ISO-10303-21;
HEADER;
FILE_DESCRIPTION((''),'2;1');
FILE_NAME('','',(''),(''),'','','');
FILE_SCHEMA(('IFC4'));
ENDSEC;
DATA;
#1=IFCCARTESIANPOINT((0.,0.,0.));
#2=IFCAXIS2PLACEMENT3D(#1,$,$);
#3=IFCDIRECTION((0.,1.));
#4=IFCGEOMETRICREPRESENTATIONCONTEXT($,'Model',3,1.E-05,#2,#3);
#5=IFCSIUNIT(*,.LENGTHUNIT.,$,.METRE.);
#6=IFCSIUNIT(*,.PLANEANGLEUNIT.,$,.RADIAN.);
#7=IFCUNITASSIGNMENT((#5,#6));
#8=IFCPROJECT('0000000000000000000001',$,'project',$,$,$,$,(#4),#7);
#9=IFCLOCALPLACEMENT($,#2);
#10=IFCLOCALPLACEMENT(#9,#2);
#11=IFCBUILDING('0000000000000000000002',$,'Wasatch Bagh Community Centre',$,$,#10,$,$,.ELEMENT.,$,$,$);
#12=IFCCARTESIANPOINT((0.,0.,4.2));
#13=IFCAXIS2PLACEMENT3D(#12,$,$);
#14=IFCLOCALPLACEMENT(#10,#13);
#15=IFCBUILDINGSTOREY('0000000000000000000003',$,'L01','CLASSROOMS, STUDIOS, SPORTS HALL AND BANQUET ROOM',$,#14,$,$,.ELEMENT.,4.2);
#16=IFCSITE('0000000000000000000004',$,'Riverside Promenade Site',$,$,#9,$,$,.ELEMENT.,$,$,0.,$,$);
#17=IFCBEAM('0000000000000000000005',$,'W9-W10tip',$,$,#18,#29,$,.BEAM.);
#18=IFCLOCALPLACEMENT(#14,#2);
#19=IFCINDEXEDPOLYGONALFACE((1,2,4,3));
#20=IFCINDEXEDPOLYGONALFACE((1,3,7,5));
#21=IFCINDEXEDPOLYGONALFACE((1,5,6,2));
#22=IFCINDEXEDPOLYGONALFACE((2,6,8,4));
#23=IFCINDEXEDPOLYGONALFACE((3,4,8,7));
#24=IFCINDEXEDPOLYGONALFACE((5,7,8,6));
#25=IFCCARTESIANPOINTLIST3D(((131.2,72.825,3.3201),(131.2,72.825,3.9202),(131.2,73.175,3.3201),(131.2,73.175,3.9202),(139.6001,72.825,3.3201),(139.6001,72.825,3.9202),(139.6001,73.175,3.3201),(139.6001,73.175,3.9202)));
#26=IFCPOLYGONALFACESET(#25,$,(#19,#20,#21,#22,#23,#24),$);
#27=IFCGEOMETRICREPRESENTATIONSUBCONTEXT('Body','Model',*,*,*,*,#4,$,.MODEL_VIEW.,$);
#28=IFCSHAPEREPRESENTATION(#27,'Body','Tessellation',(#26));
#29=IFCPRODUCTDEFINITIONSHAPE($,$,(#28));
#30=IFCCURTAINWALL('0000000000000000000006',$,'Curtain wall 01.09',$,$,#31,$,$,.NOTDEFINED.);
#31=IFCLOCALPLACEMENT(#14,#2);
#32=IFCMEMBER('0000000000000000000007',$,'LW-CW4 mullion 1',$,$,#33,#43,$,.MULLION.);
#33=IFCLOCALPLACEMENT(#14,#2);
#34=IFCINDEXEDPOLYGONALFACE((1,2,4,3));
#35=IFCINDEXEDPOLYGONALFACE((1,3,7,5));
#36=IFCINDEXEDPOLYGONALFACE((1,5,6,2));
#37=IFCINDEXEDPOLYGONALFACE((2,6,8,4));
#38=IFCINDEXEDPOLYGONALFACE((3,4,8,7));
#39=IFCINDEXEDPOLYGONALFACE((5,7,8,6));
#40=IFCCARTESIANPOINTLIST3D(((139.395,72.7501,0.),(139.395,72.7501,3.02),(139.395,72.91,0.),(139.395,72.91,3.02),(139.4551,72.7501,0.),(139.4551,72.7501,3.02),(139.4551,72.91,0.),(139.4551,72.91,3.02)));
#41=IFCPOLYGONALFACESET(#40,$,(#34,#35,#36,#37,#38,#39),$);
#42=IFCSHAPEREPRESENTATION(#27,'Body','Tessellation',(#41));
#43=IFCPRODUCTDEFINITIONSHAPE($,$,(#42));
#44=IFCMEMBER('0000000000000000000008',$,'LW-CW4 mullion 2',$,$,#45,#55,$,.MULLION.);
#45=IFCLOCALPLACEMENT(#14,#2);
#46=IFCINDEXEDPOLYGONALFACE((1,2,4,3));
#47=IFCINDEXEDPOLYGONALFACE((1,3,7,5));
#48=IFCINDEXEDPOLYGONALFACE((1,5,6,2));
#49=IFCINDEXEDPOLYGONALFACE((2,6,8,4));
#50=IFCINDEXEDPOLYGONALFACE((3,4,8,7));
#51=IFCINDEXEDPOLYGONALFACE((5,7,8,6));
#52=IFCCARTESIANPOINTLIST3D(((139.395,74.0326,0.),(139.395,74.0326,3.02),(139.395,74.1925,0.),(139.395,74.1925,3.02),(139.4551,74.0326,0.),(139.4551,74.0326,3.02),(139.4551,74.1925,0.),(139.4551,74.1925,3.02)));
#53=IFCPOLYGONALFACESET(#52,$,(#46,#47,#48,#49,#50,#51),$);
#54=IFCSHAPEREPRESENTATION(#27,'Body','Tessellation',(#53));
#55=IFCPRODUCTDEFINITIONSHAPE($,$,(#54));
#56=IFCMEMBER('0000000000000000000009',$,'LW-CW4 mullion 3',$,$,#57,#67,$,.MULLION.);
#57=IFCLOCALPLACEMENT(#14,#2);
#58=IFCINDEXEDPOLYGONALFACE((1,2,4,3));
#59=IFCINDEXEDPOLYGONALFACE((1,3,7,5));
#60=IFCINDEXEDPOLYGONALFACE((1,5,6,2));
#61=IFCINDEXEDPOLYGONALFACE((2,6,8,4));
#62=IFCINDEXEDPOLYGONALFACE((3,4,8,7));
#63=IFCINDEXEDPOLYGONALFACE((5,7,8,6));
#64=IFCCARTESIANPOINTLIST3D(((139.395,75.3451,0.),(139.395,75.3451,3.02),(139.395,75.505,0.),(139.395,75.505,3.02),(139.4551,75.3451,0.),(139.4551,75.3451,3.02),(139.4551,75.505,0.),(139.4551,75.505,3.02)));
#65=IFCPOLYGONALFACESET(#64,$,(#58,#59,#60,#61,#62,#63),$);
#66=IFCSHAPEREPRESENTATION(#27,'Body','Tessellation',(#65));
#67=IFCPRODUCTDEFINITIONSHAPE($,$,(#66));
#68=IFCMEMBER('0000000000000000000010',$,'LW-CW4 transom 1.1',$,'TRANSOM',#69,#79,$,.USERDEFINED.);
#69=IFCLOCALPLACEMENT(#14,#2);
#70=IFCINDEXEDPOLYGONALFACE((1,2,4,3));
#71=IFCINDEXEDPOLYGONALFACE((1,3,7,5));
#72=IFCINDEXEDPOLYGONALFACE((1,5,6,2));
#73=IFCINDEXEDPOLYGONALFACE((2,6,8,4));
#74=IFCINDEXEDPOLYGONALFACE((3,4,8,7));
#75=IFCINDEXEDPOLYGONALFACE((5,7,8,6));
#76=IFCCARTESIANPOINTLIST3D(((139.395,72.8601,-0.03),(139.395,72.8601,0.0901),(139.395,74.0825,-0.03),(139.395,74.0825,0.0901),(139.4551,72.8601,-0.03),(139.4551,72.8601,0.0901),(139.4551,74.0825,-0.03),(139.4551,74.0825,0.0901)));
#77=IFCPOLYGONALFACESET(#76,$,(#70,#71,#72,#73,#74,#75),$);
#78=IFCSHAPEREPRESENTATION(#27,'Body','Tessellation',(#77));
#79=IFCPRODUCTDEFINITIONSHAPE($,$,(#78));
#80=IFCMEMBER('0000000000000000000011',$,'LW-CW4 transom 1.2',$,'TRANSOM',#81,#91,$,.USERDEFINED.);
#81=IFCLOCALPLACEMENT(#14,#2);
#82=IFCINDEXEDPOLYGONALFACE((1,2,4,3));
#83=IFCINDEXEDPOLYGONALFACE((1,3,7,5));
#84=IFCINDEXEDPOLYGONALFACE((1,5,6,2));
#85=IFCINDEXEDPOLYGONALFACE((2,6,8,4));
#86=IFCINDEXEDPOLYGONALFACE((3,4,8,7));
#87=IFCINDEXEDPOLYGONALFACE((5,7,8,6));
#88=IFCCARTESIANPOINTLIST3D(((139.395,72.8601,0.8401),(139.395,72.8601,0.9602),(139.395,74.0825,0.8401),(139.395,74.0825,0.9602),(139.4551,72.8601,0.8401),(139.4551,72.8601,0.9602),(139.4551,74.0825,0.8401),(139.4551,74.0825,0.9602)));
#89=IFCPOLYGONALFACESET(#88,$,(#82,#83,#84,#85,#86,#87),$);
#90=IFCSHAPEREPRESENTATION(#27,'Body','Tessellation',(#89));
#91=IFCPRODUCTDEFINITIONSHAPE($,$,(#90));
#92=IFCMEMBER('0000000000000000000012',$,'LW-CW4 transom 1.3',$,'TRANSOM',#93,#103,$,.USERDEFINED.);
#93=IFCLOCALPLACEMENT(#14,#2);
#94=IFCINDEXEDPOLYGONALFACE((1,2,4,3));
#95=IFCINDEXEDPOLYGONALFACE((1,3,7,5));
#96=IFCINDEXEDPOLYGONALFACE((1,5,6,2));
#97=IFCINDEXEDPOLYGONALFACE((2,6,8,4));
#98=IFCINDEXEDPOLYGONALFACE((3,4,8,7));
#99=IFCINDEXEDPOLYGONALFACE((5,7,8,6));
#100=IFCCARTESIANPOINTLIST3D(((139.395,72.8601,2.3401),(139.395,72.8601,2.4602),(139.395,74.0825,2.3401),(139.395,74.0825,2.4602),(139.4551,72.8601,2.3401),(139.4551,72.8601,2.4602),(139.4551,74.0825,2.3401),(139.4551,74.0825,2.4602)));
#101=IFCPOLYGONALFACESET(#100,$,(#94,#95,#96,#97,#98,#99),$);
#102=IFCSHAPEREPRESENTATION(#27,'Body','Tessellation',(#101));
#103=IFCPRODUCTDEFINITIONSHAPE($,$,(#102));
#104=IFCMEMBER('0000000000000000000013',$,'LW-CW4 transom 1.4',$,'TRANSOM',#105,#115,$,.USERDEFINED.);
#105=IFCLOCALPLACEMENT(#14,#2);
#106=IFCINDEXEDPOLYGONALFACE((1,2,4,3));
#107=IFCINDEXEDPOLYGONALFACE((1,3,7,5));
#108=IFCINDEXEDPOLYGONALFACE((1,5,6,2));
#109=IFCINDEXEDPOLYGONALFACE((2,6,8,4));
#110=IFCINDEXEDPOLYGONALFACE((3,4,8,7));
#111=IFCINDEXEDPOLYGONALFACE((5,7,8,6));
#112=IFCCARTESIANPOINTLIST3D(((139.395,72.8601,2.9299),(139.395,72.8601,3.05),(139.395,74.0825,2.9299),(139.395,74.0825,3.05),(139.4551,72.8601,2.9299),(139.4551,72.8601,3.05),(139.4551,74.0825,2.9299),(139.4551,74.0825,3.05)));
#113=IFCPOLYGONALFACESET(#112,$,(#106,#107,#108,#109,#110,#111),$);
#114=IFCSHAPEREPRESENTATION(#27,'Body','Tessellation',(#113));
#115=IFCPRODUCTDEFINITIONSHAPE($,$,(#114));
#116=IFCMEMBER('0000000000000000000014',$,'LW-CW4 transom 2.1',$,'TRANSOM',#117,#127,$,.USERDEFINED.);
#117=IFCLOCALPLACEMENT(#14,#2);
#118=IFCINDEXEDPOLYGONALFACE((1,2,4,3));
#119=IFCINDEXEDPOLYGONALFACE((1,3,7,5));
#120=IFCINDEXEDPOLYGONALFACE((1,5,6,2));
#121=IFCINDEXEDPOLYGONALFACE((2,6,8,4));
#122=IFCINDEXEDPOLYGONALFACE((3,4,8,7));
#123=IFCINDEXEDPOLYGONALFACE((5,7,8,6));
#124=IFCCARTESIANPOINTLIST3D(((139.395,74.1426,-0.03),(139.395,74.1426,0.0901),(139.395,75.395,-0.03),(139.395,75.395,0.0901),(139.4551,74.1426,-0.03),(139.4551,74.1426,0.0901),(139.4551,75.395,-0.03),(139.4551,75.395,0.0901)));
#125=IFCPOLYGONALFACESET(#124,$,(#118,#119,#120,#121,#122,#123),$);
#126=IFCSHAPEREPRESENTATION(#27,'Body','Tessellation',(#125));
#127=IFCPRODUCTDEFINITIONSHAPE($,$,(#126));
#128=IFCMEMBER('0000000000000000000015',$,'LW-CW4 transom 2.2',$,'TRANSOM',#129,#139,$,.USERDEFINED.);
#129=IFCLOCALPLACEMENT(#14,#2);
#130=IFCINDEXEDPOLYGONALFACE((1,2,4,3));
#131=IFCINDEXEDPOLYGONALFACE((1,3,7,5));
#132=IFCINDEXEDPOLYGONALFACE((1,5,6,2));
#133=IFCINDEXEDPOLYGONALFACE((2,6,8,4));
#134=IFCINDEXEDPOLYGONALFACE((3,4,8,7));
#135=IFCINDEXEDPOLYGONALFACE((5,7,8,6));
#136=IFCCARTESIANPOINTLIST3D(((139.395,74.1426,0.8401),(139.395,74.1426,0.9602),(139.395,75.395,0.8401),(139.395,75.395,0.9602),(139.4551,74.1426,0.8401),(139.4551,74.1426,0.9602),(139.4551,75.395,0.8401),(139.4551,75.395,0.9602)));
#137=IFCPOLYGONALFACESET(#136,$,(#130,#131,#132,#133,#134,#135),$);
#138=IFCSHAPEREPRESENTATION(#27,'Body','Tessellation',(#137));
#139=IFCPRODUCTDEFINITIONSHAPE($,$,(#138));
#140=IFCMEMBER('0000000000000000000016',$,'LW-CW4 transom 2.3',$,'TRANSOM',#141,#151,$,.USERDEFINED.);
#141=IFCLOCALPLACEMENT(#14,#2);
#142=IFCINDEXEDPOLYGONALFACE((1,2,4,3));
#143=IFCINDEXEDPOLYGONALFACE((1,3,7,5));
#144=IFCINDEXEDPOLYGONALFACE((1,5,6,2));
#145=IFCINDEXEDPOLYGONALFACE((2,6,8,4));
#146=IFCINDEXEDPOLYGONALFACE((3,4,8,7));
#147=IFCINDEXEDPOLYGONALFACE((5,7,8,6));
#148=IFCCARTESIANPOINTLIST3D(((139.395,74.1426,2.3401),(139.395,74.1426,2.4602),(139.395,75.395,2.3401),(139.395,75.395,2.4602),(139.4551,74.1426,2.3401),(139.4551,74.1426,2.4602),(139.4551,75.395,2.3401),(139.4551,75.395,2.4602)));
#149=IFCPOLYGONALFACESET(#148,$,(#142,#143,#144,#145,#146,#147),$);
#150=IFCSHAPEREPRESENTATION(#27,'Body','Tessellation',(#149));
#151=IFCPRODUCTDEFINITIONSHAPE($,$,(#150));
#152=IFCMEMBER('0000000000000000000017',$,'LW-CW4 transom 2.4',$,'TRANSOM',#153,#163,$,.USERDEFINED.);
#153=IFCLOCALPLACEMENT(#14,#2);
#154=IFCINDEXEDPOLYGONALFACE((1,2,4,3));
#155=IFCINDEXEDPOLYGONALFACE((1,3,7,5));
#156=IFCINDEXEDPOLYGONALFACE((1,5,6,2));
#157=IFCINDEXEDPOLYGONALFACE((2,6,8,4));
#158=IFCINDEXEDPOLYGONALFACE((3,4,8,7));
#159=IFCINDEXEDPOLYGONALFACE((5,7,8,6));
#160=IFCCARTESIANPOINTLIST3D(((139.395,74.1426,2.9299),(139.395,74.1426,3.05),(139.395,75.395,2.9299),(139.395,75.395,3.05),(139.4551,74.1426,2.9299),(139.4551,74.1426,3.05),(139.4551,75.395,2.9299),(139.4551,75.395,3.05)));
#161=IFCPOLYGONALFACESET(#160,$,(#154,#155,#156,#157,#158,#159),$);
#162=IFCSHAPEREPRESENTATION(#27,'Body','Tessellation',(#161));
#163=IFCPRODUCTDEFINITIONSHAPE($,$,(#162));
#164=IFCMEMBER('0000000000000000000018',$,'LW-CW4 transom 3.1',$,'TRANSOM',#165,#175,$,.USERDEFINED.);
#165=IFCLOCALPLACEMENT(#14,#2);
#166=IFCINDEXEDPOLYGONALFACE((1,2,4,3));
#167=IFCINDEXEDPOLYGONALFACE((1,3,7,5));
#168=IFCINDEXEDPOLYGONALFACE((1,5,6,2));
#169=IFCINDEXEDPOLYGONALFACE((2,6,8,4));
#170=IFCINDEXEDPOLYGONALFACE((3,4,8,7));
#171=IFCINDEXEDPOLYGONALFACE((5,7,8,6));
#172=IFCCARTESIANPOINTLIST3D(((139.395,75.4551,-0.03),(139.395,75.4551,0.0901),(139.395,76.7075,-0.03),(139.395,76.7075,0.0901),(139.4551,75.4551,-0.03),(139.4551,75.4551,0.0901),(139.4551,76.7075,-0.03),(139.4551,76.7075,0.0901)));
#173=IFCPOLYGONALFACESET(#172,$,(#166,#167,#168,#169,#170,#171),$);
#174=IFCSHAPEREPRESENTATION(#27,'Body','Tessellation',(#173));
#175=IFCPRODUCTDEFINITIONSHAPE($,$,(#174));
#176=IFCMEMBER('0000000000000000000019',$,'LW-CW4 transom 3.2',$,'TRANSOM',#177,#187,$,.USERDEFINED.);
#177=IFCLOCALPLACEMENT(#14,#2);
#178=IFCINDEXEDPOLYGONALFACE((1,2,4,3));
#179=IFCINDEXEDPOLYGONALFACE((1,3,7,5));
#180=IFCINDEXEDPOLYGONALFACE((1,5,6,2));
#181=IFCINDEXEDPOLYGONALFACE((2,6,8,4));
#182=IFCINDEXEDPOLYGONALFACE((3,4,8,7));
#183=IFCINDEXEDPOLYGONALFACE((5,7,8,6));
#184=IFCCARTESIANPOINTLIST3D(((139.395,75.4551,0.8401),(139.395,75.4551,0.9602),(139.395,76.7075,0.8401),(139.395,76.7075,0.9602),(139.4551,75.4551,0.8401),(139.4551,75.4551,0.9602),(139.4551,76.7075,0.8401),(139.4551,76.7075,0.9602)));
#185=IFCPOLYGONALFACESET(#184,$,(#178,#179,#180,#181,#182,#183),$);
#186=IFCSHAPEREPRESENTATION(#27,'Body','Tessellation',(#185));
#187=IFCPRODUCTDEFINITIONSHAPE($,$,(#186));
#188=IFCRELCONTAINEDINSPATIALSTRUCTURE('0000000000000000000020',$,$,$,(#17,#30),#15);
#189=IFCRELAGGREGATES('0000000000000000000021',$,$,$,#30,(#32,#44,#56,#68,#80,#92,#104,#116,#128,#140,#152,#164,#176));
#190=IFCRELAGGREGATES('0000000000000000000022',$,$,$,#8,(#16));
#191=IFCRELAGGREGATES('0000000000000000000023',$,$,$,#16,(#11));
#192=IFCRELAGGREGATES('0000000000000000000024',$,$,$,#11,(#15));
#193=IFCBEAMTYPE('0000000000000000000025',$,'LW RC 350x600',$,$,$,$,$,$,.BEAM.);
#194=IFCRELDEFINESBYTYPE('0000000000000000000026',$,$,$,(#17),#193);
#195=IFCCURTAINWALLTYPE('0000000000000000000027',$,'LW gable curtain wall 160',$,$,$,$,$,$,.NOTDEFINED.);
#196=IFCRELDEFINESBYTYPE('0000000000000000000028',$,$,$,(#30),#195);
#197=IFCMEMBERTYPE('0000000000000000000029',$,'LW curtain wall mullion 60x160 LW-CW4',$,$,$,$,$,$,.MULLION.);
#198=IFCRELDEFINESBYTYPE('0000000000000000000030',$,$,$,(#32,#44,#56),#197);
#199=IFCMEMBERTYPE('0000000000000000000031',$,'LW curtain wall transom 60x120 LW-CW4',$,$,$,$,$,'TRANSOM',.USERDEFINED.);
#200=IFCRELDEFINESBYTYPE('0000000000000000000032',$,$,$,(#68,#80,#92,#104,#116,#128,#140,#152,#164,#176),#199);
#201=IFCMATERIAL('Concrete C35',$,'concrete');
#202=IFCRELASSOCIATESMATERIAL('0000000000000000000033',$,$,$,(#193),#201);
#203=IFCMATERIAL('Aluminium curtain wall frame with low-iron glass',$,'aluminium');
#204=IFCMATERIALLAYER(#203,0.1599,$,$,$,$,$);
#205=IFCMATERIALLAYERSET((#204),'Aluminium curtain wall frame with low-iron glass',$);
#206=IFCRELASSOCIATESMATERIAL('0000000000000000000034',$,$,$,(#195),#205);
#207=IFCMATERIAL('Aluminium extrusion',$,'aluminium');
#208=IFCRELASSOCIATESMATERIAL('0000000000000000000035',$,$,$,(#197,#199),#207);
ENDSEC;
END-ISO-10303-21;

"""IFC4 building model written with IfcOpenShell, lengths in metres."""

from ifc_helpers import new_model, si_unit, direction, frame, origin, origin_2d, place, context, subcontext, project, spatial, rectangle, extrude, material, layer, layer_set, material_profile, profile_set, type_object, element, aggregate, save


model = new_model("IFC4")

# Units and contexts
model_context = context("Model", 3, precision=1e-05, world=origin(), true_north=direction((0.0, 1.0)))
body_context = subcontext(model_context, "Body", "Model", "MODEL_VIEW")
ifc_project = project(units=[si_unit("LENGTHUNIT", "METRE"), si_unit("PLANEANGLEUNIT", "RADIAN")], contexts=[model_context])

# Site, building, storey
site_placement = place(None, origin())
site = spatial("IfcSite", under=ifc_project, at=site_placement, Name="Riverside Promenade Site", CompositionType="ELEMENT", RefElevation=0.0)
building_placement = place(site_placement, origin())
building = spatial("IfcBuilding", under=site, at=building_placement, Name="Wasatch Bagh Community Centre", CompositionType="ELEMENT")
storey_placement = place(building_placement, frame((0.0, 0.0, 4.2)))
storey = spatial("IfcBuildingStorey", under=building, at=storey_placement, Name="L01", Description="CLASSROOMS, STUDIOS, SPORTS HALL AND BANQUET ROOM", CompositionType="ELEMENT", Elevation=4.2)

# Beam
ifc_material_1 = material(Name="Concrete C35", Category="concrete")
ifc_material_profile_1 = material_profile(ifc_material_1, rectangle(XDim=0.3501, YDim=0.6001, at=origin_2d()), Name="RC 350x600")
ifc_profile_set_1 = profile_set([ifc_material_profile_1], Name="Concrete C35")
beam_type = type_object("IfcBeamType", Name="LW RC 350x600", PredefinedType="BEAM", material=ifc_profile_set_1)
beam_placement = place(storey_placement, frame((131.2, 73.0, 3.6201), z_axis=(1.0, 0.0, 0.0), x_axis=(0.0, 1.0, 0.0)))
element("IfcBeam", 1, at=beam_placement, inside=storey, type_object=beam_type, Name="W9-W10tip", PredefinedType="BEAM", context=body_context, shape_type="SweptSolid", body=[
    extrude(rectangle(XDim=0.3501, YDim=0.6001, at=origin_2d()), origin(), (0.0, 0.0, 1.0), 8.4001),
])

# Curtain wall, members
ifc_material_2 = material(Name="Aluminium curtain wall frame with low-iron glass", Category="aluminium")
ifc_layer_1 = layer(ifc_material_2, 0.1599)
ifc_layer_set_1 = layer_set([ifc_layer_1], Name="Aluminium curtain wall frame with low-iron glass")
curtain_wall_type = type_object("IfcCurtainWallType", Name="LW gable curtain wall 160", PredefinedType="NOTDEFINED", material=ifc_layer_set_1)
curtain_wall_placement = place(storey_placement, origin())
curtain_wall = element("IfcCurtainWall", 2, at=curtain_wall_placement, inside=storey, type_object=curtain_wall_type, Name="Curtain wall 01.09", PredefinedType="NOTDEFINED")
ifc_material_3 = material(Name="Aluminium extrusion", Category="aluminium")
ifc_material_profile_2 = material_profile(ifc_material_3, rectangle(XDim=0.0601, YDim=0.1599, at=origin_2d()), Name="AL 60x160")
ifc_profile_set_2 = profile_set([ifc_material_profile_2], Name="Aluminium extrusion")
member_type_1 = type_object("IfcMemberType", Name="LW curtain wall mullion 60x160 LW-CW4", PredefinedType="MULLION", material=ifc_profile_set_2)
member_1_placement = place(storey_placement, frame((139.425, 72.8301, 0.0), z_axis=(0.0, 0.0, 1.0), x_axis=(-1.0, 0.0, 0.0)))
member_1 = element("IfcMember", 3, at=member_1_placement, type_object=member_type_1, Name="LW-CW4 mullion 1", PredefinedType="MULLION", context=body_context, shape_type="SweptSolid", body=[
    extrude(rectangle(XDim=0.0601, YDim=0.1599, at=origin_2d()), origin(), (0.0, 0.0, 1.0), 3.02),
])
member_2_placement = place(storey_placement, frame((139.425, 74.1125, 0.0), z_axis=(0.0, 0.0, 1.0), x_axis=(-1.0, 0.0, 0.0)))
member_2 = element("IfcMember", 4, at=member_2_placement, type_object=member_type_1, Name="LW-CW4 mullion 2", PredefinedType="MULLION", context=body_context, shape_type="SweptSolid", body=[
    extrude(rectangle(XDim=0.0601, YDim=0.1599, at=origin_2d()), origin(), (0.0, 0.0, 1.0), 3.02),
])
member_3_placement = place(storey_placement, frame((139.425, 75.425, 0.0), z_axis=(0.0, 0.0, 1.0), x_axis=(-1.0, 0.0, 0.0)))
member_3 = element("IfcMember", 5, at=member_3_placement, type_object=member_type_1, Name="LW-CW4 mullion 3", PredefinedType="MULLION", context=body_context, shape_type="SweptSolid", body=[
    extrude(rectangle(XDim=0.0601, YDim=0.1599, at=origin_2d()), origin(), (0.0, 0.0, 1.0), 3.02),
])
ifc_material_profile_3 = material_profile(ifc_material_3, rectangle(XDim=0.0601, YDim=0.1201, at=origin_2d()), Name="AL 60x120")
ifc_profile_set_3 = profile_set([ifc_material_profile_3], Name="Aluminium extrusion")
member_type_2 = type_object("IfcMemberType", Name="LW curtain wall transom 60x120 LW-CW4", ElementType="TRANSOM", PredefinedType="USERDEFINED", material=ifc_profile_set_3)
member_4_placement = place(storey_placement, frame((139.425, 72.8601, 0.03), z_axis=(0.0, 1.0, 0.0), x_axis=(-1.0, 0.0, 0.0)))
member_4 = element("IfcMember", 6, at=member_4_placement, type_object=member_type_2, Name="LW-CW4 transom 1.1", ObjectType="TRANSOM", PredefinedType="USERDEFINED", context=body_context, shape_type="SweptSolid", body=[
    extrude(rectangle(XDim=0.0601, YDim=0.1201, at=origin_2d()), origin(), (0.0, 0.0, 1.0), 1.2224),
])
member_5_placement = place(storey_placement, frame((139.425, 72.8601, 0.9001), z_axis=(0.0, 1.0, 0.0), x_axis=(-1.0, 0.0, 0.0)))
member_5 = element("IfcMember", 7, at=member_5_placement, type_object=member_type_2, Name="LW-CW4 transom 1.2", ObjectType="TRANSOM", PredefinedType="USERDEFINED", context=body_context, shape_type="SweptSolid", body=[
    extrude(rectangle(XDim=0.0601, YDim=0.1201, at=origin_2d()), origin(), (0.0, 0.0, 1.0), 1.2224),
])
member_6_placement = place(storey_placement, frame((139.425, 72.8601, 2.4001), z_axis=(0.0, 1.0, 0.0), x_axis=(-1.0, 0.0, 0.0)))
member_6 = element("IfcMember", 8, at=member_6_placement, type_object=member_type_2, Name="LW-CW4 transom 1.3", ObjectType="TRANSOM", PredefinedType="USERDEFINED", context=body_context, shape_type="SweptSolid", body=[
    extrude(rectangle(XDim=0.0601, YDim=0.1201, at=origin_2d()), origin(), (0.0, 0.0, 1.0), 1.2224),
])
member_7_placement = place(storey_placement, frame((139.425, 72.8601, 2.99), z_axis=(0.0, 1.0, 0.0), x_axis=(-1.0, 0.0, 0.0)))
member_7 = element("IfcMember", 9, at=member_7_placement, type_object=member_type_2, Name="LW-CW4 transom 1.4", ObjectType="TRANSOM", PredefinedType="USERDEFINED", context=body_context, shape_type="SweptSolid", body=[
    extrude(rectangle(XDim=0.0601, YDim=0.1201, at=origin_2d()), origin(), (0.0, 0.0, 1.0), 1.2224),
])
member_8_placement = place(storey_placement, frame((139.425, 74.1426, 0.03), z_axis=(0.0, 1.0, 0.0), x_axis=(-1.0, 0.0, 0.0)))
member_8 = element("IfcMember", 10, at=member_8_placement, type_object=member_type_2, Name="LW-CW4 transom 2.1", ObjectType="TRANSOM", PredefinedType="USERDEFINED", context=body_context, shape_type="SweptSolid", body=[
    extrude(rectangle(XDim=0.0601, YDim=0.1201, at=origin_2d()), origin(), (0.0, 0.0, 1.0), 1.2524),
])
member_9_placement = place(storey_placement, frame((139.425, 74.1426, 0.9001), z_axis=(0.0, 1.0, 0.0), x_axis=(-1.0, 0.0, 0.0)))
member_9 = element("IfcMember", 11, at=member_9_placement, type_object=member_type_2, Name="LW-CW4 transom 2.2", ObjectType="TRANSOM", PredefinedType="USERDEFINED", context=body_context, shape_type="SweptSolid", body=[
    extrude(rectangle(XDim=0.0601, YDim=0.1201, at=origin_2d()), origin(), (0.0, 0.0, 1.0), 1.2524),
])
member_10_placement = place(storey_placement, frame((139.425, 74.1426, 2.4001), z_axis=(0.0, 1.0, 0.0), x_axis=(-1.0, 0.0, 0.0)))
member_10 = element("IfcMember", 12, at=member_10_placement, type_object=member_type_2, Name="LW-CW4 transom 2.3", ObjectType="TRANSOM", PredefinedType="USERDEFINED", context=body_context, shape_type="SweptSolid", body=[
    extrude(rectangle(XDim=0.0601, YDim=0.1201, at=origin_2d()), origin(), (0.0, 0.0, 1.0), 1.2524),
])
member_11_placement = place(storey_placement, frame((139.425, 74.1426, 2.99), z_axis=(0.0, 1.0, 0.0), x_axis=(-1.0, 0.0, 0.0)))
member_11 = element("IfcMember", 13, at=member_11_placement, type_object=member_type_2, Name="LW-CW4 transom 2.4", ObjectType="TRANSOM", PredefinedType="USERDEFINED", context=body_context, shape_type="SweptSolid", body=[
    extrude(rectangle(XDim=0.0601, YDim=0.1201, at=origin_2d()), origin(), (0.0, 0.0, 1.0), 1.2524),
])
member_12_placement = place(storey_placement, frame((139.425, 75.4551, 0.03), z_axis=(0.0, 1.0, 0.0), x_axis=(-1.0, 0.0, 0.0)))
member_12 = element("IfcMember", 14, at=member_12_placement, type_object=member_type_2, Name="LW-CW4 transom 3.1", ObjectType="TRANSOM", PredefinedType="USERDEFINED", context=body_context, shape_type="SweptSolid", body=[
    extrude(rectangle(XDim=0.0601, YDim=0.1201, at=origin_2d()), origin(), (0.0, 0.0, 1.0), 1.2524),
])
member_13_placement = place(storey_placement, frame((139.425, 75.4551, 0.9001), z_axis=(0.0, 1.0, 0.0), x_axis=(-1.0, 0.0, 0.0)))
member_13 = element("IfcMember", 15, at=member_13_placement, type_object=member_type_2, Name="LW-CW4 transom 3.2", ObjectType="TRANSOM", PredefinedType="USERDEFINED", context=body_context, shape_type="SweptSolid", body=[
    extrude(rectangle(XDim=0.0601, YDim=0.1201, at=origin_2d()), origin(), (0.0, 0.0, 1.0), 1.2524),
])
aggregate(curtain_wall, [member_1, member_2, member_3, member_4, member_5, member_6, member_7, member_8, member_9, member_10, member_11, member_12, member_13])

save(model, "model.ifc")
